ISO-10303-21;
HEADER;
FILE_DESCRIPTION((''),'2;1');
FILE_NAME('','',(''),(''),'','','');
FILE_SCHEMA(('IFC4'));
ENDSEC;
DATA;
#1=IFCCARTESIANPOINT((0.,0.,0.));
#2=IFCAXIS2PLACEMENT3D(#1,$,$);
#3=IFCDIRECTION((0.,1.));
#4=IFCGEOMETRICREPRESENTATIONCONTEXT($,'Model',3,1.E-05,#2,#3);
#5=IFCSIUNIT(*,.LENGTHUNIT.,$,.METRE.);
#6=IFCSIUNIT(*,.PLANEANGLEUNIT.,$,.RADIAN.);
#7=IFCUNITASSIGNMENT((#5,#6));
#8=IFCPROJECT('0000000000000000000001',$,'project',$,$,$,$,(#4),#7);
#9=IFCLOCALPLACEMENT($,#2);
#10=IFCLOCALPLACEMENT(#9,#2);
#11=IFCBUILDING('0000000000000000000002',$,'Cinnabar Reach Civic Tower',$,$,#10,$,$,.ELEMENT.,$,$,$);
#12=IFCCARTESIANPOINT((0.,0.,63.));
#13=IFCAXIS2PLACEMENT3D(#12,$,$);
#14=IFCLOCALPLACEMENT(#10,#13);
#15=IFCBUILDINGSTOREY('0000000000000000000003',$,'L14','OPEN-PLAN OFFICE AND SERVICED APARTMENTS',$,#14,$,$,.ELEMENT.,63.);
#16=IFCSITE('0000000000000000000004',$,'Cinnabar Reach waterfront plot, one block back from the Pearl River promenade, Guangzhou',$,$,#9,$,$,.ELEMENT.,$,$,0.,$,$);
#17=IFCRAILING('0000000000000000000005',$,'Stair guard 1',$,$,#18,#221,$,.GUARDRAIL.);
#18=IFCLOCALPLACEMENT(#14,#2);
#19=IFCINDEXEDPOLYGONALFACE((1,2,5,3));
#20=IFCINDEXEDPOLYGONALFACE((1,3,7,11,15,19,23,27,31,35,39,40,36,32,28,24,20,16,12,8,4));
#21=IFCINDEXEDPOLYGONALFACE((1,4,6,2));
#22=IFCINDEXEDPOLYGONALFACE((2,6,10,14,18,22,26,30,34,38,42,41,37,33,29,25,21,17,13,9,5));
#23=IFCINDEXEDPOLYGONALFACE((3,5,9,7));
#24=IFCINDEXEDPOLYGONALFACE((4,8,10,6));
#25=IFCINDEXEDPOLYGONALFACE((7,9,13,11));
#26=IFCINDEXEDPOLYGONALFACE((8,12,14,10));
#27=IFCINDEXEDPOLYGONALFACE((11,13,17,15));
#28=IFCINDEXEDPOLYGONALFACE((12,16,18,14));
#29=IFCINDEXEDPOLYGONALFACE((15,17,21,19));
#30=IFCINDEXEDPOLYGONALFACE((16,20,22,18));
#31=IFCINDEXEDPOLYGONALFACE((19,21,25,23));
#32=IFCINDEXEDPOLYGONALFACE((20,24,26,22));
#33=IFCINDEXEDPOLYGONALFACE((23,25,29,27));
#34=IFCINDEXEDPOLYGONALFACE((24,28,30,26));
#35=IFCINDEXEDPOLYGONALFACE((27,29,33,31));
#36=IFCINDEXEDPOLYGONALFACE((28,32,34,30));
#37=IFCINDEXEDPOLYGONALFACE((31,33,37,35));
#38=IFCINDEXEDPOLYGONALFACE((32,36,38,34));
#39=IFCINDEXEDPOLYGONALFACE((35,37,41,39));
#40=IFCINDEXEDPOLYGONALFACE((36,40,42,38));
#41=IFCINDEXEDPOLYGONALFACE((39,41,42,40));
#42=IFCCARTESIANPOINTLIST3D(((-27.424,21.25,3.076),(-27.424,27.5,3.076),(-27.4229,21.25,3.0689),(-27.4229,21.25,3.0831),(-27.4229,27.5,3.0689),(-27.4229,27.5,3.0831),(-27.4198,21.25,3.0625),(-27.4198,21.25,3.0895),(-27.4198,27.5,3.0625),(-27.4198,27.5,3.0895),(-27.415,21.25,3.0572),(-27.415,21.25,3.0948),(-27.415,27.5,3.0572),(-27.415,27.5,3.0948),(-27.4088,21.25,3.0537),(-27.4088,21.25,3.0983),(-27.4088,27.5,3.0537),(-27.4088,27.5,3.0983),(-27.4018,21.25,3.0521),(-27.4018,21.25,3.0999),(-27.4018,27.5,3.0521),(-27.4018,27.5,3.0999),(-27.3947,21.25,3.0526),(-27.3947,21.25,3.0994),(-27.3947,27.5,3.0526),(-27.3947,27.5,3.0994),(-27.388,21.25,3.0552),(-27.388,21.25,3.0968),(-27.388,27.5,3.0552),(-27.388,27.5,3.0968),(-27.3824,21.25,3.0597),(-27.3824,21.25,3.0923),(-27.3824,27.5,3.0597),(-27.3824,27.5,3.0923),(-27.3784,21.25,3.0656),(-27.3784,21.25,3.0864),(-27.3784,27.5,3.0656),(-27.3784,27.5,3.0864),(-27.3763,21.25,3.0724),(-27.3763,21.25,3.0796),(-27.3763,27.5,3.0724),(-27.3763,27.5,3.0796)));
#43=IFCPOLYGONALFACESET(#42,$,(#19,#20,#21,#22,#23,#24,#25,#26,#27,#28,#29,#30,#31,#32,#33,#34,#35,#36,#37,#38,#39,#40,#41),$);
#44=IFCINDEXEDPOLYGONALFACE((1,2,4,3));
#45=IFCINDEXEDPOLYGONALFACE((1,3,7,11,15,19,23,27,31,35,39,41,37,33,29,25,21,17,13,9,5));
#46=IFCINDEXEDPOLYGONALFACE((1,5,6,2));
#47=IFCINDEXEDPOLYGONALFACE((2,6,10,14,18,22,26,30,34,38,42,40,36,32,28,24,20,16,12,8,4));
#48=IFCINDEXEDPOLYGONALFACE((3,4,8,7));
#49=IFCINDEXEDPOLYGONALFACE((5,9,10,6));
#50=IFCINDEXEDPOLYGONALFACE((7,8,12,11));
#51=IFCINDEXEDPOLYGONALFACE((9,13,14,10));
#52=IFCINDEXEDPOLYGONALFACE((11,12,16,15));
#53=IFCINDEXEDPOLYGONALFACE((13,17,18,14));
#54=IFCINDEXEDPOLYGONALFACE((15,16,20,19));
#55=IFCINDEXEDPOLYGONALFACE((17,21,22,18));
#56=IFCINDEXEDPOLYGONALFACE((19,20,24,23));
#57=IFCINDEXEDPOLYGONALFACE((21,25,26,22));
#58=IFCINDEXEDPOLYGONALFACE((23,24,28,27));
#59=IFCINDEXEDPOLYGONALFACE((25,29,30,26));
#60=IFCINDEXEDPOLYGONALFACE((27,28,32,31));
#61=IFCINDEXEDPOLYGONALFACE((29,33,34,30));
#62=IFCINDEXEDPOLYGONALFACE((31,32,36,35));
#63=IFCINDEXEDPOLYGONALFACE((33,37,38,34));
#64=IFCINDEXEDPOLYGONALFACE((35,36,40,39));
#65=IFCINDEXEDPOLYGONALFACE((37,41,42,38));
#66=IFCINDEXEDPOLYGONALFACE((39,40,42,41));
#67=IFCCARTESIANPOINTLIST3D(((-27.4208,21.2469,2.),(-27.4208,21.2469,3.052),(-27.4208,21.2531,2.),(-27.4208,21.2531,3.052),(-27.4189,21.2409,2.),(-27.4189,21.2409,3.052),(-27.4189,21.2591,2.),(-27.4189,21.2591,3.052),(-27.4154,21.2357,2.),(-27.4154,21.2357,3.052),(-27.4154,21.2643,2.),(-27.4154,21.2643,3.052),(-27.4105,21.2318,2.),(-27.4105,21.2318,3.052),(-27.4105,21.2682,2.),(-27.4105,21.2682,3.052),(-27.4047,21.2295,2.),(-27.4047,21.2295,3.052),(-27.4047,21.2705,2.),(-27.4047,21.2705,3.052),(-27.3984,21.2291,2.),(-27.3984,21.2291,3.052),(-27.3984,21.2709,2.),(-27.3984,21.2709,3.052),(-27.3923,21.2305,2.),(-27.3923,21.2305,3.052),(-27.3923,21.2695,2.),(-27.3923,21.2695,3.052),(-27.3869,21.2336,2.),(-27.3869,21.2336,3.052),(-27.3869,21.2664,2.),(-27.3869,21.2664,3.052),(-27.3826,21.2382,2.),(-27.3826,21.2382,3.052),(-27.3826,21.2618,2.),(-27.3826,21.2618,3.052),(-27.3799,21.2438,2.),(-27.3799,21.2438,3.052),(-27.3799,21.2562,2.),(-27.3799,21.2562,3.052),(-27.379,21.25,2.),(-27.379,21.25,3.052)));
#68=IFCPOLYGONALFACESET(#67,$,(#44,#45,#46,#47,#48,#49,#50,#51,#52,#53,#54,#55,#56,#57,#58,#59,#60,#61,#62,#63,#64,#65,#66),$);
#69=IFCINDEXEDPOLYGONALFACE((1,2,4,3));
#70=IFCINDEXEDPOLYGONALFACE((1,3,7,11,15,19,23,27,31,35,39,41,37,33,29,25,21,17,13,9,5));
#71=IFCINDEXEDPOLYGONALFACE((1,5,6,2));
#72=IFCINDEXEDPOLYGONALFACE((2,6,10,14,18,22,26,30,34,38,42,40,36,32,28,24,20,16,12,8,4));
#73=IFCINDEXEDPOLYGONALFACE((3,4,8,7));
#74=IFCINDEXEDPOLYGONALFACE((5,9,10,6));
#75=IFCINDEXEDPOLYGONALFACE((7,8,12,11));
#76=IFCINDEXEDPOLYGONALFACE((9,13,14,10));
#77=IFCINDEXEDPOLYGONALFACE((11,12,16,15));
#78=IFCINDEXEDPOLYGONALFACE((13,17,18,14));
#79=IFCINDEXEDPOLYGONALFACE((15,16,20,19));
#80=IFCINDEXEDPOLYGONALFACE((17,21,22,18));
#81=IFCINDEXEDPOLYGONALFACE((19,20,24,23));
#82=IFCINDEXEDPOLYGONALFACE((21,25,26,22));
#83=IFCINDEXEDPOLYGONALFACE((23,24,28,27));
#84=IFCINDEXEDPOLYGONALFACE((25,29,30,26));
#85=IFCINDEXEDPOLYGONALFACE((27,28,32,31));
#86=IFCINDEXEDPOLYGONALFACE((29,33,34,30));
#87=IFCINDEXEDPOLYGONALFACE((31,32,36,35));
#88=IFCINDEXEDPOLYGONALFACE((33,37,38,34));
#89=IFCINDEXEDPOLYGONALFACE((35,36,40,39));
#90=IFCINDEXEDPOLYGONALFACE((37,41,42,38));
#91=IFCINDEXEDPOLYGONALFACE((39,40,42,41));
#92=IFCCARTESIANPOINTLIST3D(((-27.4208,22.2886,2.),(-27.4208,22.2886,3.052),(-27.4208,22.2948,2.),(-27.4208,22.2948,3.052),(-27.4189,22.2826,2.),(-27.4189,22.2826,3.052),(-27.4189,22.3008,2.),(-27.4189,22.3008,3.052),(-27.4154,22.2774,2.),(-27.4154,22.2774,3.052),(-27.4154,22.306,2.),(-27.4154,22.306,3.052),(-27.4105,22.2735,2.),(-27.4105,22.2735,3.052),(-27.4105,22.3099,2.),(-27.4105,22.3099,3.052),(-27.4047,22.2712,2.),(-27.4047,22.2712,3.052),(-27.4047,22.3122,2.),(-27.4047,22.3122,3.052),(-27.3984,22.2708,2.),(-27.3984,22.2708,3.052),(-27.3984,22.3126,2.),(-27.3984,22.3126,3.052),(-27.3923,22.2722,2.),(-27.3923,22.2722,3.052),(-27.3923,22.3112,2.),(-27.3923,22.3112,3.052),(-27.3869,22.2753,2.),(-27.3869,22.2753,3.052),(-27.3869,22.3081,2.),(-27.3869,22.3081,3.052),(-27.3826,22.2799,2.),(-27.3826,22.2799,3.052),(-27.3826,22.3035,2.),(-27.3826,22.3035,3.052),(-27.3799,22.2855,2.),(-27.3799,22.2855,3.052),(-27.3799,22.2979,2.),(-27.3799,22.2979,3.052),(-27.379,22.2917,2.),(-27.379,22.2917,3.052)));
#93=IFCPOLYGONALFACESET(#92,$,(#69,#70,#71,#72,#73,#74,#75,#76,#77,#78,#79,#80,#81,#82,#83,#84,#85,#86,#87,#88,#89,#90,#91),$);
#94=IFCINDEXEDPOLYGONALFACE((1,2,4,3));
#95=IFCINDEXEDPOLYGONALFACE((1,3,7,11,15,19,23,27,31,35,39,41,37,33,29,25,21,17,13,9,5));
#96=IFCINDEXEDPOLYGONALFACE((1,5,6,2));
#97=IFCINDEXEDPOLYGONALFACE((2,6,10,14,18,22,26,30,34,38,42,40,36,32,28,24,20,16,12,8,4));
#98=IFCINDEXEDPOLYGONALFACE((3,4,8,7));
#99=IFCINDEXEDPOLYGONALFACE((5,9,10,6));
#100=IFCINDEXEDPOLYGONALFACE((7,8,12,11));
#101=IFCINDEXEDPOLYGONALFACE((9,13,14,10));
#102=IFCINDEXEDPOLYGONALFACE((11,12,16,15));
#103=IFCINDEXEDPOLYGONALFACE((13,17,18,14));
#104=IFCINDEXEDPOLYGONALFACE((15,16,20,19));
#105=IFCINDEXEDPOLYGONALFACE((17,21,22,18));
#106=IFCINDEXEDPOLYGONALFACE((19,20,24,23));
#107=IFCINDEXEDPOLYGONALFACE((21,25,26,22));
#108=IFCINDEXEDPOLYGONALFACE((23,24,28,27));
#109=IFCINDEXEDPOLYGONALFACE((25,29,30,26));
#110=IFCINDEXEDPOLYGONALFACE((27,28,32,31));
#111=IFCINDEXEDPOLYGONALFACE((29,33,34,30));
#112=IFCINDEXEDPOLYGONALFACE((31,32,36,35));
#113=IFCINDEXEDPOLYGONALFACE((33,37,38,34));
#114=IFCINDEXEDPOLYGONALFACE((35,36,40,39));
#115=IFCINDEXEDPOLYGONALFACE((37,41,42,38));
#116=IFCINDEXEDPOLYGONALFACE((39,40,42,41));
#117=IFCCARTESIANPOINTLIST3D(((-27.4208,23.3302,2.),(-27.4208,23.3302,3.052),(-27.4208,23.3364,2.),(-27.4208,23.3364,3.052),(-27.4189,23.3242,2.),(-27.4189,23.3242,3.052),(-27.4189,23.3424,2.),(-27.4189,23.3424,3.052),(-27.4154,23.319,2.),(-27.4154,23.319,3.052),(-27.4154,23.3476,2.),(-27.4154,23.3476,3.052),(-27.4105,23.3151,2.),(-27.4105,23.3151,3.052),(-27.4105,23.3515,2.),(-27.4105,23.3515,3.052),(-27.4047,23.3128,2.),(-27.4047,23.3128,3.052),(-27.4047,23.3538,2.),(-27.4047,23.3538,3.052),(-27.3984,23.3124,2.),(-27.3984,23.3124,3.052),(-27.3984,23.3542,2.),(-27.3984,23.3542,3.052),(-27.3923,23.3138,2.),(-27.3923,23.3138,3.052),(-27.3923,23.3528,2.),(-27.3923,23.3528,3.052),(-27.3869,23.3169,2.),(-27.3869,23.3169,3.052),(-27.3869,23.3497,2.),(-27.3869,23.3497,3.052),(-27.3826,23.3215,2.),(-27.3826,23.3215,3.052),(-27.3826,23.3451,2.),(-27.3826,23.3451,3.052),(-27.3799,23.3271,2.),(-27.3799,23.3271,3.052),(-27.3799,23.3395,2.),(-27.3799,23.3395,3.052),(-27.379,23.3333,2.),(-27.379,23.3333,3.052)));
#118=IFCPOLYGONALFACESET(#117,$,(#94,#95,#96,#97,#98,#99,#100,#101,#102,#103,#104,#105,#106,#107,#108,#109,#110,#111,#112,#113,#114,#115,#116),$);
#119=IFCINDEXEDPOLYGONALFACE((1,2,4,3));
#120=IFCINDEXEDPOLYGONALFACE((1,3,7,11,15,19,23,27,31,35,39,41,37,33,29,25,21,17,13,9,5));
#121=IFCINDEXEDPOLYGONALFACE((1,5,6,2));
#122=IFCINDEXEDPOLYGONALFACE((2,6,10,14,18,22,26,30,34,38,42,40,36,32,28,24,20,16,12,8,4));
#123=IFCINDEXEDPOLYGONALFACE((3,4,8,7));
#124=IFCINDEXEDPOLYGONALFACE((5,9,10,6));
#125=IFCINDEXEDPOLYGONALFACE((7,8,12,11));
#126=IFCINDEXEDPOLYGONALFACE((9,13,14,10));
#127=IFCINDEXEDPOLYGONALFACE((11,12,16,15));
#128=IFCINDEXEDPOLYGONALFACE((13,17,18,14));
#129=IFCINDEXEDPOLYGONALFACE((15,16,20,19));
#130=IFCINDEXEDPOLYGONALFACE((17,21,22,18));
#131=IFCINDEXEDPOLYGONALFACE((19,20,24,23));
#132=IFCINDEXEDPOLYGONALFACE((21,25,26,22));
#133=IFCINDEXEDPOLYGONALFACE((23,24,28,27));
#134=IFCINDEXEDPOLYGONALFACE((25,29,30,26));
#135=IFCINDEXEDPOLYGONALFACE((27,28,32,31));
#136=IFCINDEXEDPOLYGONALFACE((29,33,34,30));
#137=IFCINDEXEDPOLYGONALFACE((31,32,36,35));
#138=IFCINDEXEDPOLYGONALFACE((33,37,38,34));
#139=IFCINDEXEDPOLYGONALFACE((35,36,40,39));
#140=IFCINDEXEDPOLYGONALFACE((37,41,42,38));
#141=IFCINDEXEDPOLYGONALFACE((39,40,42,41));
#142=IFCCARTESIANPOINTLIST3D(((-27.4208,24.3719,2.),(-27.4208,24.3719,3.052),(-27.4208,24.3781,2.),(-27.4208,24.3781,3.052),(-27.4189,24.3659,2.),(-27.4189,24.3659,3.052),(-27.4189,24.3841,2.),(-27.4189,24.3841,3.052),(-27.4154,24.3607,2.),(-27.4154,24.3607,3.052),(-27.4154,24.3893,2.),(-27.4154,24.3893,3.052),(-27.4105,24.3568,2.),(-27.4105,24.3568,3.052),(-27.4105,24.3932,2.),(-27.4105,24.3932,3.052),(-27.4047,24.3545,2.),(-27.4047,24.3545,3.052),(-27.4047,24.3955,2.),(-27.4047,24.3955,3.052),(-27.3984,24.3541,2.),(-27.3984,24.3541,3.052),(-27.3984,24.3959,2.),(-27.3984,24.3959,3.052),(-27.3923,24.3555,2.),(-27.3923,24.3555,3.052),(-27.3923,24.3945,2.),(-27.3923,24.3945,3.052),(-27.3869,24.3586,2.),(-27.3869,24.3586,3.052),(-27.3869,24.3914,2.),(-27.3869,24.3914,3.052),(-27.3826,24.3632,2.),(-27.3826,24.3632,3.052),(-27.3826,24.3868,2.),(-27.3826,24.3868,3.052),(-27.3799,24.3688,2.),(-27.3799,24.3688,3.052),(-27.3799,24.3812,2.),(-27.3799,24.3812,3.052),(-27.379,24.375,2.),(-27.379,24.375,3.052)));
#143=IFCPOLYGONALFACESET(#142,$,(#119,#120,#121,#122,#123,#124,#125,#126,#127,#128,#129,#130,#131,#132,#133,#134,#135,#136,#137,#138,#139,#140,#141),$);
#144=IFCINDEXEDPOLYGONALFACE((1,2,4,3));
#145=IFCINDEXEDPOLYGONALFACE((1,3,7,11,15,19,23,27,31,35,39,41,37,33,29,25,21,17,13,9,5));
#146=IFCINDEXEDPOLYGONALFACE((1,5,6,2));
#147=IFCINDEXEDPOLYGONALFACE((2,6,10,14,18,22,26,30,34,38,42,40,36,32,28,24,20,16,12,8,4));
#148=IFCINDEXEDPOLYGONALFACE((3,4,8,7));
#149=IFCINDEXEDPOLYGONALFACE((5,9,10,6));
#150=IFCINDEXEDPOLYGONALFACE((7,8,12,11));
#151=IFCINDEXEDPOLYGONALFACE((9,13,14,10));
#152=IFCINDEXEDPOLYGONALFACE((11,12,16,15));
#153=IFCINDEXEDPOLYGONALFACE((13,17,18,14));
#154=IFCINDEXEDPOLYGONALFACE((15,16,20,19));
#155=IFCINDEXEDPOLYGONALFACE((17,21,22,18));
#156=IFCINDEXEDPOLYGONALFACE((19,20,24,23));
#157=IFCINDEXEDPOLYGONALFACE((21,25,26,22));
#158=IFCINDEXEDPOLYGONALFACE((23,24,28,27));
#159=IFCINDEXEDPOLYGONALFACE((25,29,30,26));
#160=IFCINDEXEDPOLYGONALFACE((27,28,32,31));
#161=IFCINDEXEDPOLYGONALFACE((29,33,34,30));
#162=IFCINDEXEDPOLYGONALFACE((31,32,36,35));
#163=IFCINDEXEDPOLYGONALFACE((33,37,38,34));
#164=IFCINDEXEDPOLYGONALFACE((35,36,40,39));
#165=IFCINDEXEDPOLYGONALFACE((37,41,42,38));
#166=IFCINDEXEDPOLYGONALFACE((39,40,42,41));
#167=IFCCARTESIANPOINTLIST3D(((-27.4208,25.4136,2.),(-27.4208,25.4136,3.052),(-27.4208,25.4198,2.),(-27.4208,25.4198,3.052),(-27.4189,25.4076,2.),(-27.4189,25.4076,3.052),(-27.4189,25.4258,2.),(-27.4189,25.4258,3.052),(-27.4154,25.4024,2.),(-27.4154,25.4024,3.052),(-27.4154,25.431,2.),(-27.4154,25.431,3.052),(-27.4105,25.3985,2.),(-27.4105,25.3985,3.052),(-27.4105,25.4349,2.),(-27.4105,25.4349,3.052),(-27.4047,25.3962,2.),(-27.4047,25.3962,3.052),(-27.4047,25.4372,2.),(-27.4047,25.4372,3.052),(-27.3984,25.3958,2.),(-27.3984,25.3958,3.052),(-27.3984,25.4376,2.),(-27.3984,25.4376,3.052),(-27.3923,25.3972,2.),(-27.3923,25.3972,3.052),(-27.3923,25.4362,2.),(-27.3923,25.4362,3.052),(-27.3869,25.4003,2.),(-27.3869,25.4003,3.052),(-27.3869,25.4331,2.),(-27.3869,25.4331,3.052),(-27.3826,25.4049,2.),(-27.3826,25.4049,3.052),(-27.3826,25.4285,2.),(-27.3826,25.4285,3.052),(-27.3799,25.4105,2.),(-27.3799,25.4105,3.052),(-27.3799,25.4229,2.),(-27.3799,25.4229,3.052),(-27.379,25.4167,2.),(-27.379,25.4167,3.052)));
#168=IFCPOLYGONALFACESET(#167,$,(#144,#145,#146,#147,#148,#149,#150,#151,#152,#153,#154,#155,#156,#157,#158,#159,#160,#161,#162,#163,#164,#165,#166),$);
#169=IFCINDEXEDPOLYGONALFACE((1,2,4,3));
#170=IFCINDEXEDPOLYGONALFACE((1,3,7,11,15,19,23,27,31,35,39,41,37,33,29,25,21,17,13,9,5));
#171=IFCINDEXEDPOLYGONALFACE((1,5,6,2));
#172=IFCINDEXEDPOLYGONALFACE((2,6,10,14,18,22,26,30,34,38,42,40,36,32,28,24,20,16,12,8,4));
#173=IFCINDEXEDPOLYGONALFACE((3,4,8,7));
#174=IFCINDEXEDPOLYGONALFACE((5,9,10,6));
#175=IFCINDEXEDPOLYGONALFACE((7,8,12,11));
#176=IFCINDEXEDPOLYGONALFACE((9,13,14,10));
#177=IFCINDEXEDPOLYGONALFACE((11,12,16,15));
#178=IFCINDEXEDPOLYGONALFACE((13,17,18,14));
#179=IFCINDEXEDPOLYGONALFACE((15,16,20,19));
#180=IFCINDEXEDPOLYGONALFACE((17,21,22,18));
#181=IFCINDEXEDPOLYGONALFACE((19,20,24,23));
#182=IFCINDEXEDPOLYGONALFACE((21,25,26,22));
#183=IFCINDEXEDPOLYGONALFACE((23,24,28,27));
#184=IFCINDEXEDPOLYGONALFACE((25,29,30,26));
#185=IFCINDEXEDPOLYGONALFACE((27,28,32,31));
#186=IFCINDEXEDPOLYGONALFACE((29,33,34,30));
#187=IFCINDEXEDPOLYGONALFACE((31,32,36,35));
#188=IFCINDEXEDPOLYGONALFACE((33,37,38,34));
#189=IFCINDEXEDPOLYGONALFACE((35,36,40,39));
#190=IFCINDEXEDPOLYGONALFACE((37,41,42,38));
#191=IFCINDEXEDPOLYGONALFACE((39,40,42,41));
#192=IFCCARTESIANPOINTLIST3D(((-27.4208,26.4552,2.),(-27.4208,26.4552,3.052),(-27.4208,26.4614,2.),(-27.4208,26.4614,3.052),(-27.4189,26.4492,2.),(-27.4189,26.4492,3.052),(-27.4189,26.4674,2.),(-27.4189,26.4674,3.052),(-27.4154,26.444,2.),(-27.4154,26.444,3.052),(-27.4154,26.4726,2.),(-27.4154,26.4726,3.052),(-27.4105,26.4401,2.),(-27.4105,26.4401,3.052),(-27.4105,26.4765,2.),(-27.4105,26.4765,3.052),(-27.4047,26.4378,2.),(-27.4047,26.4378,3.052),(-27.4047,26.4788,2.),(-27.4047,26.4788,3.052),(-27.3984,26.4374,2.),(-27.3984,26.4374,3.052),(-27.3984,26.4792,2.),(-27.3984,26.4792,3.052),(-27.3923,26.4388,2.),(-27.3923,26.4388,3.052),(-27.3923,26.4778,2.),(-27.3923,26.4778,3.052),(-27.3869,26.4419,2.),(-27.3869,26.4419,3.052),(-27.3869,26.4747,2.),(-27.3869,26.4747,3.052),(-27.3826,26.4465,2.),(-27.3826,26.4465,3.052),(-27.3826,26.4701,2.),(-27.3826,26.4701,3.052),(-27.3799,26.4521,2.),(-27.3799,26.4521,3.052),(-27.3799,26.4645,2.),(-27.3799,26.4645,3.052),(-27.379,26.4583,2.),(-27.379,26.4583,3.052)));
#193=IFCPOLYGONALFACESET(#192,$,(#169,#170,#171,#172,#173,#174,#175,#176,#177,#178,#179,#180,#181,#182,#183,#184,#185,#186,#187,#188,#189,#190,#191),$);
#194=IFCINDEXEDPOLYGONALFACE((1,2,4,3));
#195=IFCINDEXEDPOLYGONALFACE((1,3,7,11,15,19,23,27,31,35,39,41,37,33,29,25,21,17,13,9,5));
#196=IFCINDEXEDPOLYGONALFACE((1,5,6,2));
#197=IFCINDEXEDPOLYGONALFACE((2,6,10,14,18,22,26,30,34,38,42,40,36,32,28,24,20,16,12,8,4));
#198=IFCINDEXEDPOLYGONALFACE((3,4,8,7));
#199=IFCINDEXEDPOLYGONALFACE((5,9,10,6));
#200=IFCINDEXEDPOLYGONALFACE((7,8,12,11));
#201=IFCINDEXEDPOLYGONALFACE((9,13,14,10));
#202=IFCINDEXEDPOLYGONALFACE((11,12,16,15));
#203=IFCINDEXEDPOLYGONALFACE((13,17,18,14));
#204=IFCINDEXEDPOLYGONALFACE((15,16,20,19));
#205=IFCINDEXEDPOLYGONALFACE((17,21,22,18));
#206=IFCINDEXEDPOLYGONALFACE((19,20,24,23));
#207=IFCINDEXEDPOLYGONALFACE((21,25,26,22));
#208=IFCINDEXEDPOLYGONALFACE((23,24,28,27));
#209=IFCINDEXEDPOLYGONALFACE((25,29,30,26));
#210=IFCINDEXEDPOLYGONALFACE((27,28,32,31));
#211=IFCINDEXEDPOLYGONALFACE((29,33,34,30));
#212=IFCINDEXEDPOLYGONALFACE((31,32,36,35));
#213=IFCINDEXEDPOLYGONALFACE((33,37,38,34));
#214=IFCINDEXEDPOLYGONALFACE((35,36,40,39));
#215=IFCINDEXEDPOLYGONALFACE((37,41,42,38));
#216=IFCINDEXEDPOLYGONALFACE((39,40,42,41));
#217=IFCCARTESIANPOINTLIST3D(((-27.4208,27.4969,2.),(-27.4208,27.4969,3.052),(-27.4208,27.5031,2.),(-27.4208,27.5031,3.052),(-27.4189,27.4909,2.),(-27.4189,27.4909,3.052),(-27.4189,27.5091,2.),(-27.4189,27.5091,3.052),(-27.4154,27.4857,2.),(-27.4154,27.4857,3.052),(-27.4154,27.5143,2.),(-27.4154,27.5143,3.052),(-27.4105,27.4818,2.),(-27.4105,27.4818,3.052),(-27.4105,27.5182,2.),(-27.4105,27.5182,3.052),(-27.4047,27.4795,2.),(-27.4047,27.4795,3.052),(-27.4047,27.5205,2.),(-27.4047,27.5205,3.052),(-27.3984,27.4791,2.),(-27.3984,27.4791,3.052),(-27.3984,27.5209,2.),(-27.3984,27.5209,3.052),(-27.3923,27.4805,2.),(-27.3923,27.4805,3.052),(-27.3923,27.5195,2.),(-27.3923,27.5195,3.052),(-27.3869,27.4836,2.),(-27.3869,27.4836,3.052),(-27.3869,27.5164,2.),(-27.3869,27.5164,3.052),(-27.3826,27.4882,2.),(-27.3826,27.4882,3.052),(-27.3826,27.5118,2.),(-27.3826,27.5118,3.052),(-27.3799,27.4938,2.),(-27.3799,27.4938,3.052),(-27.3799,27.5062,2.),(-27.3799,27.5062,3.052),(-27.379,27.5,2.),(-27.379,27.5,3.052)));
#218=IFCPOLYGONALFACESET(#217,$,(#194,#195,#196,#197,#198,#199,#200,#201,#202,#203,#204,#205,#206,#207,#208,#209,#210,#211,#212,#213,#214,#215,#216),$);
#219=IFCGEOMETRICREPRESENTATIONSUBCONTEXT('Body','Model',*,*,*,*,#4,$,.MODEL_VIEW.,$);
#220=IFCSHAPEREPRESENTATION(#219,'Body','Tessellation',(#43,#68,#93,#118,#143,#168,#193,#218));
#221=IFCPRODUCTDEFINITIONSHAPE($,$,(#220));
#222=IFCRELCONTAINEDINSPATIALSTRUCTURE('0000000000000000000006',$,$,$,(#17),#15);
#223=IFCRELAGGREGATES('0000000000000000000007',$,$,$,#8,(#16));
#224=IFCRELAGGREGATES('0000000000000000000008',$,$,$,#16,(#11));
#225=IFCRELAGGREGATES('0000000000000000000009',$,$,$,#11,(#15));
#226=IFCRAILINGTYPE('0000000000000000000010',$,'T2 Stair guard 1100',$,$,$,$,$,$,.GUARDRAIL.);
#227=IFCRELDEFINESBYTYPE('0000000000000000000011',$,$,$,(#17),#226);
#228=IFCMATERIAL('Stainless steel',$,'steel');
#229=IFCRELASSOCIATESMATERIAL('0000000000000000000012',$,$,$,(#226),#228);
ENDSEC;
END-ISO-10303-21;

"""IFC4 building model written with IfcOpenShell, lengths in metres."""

from ifc_helpers import new_model, si_unit, direction, frame, origin, origin_2d, place, context, subcontext, project, spatial, circle, extrude, material, type_object, element, save


model = new_model("IFC4")

# Units and contexts
model_context = context("Model", 3, precision=1e-05, world=origin(), true_north=direction((0.0, 1.0)))
body_context = subcontext(model_context, "Body", "Model", "MODEL_VIEW")
ifc_project = project(units=[si_unit("LENGTHUNIT", "METRE"), si_unit("PLANEANGLEUNIT", "RADIAN")], contexts=[model_context])

# Site, building, storey
site_placement = place(None, origin())
site = spatial("IfcSite", under=ifc_project, at=site_placement, Name="Cinnabar Reach waterfront plot, one block back from the Pearl River promenade, Guangzhou", CompositionType="ELEMENT", RefElevation=0.0)
building_placement = place(site_placement, origin())
building = spatial("IfcBuilding", under=site, at=building_placement, Name="Cinnabar Reach Civic Tower", CompositionType="ELEMENT")
storey_placement = place(building_placement, frame((0.0, 0.0, 63.0)))
storey = spatial("IfcBuildingStorey", under=building, at=storey_placement, Name="L14", Description="OPEN-PLAN OFFICE AND SERVICED APARTMENTS", CompositionType="ELEMENT", Elevation=63.0)

# Railing
ifc_material_1 = material(Name="Stainless steel", Category="steel")
railing_type = type_object("IfcRailingType", Name="T2 Stair guard 1100", PredefinedType="GUARDRAIL", material=ifc_material_1)
for number, where, name in (
    (1, (-27.4, 21.25, 2.0), "Stair guard 1"),
):
    element("IfcRailing", number, at=place(storey_placement, frame(where)), inside=storey, type_object=railing_type, Name=name, PredefinedType="GUARDRAIL", context=body_context, shape_type="SweptSolid", body=[
        extrude(circle(Radius=0.024, at=origin_2d()), frame((0.0, 0.0, 1.076), z_axis=(0.0, 1.0, 0.0), x_axis=(-1.0, 0.0, 0.0)), (0.0, 0.0, 1.0), 6.25),
        extrude(circle(Radius=0.021, at=origin_2d()), origin(), (0.0, 0.0, 1.0), 1.052),
        extrude(circle(Radius=0.021, at=origin_2d()), frame((0.0, 1.0417, 0.0)), (0.0, 0.0, 1.0), 1.052),
        extrude(circle(Radius=0.021, at=origin_2d()), frame((0.0, 2.0833, 0.0)), (0.0, 0.0, 1.0), 1.052),
        extrude(circle(Radius=0.021, at=origin_2d()), frame((0.0, 3.125, 0.0)), (0.0, 0.0, 1.0), 1.052),
        extrude(circle(Radius=0.021, at=origin_2d()), frame((0.0, 4.1667, 0.0)), (0.0, 0.0, 1.0), 1.052),
        extrude(circle(Radius=0.021, at=origin_2d()), frame((0.0, 5.2083, 0.0)), (0.0, 0.0, 1.0), 1.052),
        extrude(circle(Radius=0.021, at=origin_2d()), frame((0.0, 6.25, 0.0)), (0.0, 0.0, 1.0), 1.052),
    ])

save(model, "model.ifc")
